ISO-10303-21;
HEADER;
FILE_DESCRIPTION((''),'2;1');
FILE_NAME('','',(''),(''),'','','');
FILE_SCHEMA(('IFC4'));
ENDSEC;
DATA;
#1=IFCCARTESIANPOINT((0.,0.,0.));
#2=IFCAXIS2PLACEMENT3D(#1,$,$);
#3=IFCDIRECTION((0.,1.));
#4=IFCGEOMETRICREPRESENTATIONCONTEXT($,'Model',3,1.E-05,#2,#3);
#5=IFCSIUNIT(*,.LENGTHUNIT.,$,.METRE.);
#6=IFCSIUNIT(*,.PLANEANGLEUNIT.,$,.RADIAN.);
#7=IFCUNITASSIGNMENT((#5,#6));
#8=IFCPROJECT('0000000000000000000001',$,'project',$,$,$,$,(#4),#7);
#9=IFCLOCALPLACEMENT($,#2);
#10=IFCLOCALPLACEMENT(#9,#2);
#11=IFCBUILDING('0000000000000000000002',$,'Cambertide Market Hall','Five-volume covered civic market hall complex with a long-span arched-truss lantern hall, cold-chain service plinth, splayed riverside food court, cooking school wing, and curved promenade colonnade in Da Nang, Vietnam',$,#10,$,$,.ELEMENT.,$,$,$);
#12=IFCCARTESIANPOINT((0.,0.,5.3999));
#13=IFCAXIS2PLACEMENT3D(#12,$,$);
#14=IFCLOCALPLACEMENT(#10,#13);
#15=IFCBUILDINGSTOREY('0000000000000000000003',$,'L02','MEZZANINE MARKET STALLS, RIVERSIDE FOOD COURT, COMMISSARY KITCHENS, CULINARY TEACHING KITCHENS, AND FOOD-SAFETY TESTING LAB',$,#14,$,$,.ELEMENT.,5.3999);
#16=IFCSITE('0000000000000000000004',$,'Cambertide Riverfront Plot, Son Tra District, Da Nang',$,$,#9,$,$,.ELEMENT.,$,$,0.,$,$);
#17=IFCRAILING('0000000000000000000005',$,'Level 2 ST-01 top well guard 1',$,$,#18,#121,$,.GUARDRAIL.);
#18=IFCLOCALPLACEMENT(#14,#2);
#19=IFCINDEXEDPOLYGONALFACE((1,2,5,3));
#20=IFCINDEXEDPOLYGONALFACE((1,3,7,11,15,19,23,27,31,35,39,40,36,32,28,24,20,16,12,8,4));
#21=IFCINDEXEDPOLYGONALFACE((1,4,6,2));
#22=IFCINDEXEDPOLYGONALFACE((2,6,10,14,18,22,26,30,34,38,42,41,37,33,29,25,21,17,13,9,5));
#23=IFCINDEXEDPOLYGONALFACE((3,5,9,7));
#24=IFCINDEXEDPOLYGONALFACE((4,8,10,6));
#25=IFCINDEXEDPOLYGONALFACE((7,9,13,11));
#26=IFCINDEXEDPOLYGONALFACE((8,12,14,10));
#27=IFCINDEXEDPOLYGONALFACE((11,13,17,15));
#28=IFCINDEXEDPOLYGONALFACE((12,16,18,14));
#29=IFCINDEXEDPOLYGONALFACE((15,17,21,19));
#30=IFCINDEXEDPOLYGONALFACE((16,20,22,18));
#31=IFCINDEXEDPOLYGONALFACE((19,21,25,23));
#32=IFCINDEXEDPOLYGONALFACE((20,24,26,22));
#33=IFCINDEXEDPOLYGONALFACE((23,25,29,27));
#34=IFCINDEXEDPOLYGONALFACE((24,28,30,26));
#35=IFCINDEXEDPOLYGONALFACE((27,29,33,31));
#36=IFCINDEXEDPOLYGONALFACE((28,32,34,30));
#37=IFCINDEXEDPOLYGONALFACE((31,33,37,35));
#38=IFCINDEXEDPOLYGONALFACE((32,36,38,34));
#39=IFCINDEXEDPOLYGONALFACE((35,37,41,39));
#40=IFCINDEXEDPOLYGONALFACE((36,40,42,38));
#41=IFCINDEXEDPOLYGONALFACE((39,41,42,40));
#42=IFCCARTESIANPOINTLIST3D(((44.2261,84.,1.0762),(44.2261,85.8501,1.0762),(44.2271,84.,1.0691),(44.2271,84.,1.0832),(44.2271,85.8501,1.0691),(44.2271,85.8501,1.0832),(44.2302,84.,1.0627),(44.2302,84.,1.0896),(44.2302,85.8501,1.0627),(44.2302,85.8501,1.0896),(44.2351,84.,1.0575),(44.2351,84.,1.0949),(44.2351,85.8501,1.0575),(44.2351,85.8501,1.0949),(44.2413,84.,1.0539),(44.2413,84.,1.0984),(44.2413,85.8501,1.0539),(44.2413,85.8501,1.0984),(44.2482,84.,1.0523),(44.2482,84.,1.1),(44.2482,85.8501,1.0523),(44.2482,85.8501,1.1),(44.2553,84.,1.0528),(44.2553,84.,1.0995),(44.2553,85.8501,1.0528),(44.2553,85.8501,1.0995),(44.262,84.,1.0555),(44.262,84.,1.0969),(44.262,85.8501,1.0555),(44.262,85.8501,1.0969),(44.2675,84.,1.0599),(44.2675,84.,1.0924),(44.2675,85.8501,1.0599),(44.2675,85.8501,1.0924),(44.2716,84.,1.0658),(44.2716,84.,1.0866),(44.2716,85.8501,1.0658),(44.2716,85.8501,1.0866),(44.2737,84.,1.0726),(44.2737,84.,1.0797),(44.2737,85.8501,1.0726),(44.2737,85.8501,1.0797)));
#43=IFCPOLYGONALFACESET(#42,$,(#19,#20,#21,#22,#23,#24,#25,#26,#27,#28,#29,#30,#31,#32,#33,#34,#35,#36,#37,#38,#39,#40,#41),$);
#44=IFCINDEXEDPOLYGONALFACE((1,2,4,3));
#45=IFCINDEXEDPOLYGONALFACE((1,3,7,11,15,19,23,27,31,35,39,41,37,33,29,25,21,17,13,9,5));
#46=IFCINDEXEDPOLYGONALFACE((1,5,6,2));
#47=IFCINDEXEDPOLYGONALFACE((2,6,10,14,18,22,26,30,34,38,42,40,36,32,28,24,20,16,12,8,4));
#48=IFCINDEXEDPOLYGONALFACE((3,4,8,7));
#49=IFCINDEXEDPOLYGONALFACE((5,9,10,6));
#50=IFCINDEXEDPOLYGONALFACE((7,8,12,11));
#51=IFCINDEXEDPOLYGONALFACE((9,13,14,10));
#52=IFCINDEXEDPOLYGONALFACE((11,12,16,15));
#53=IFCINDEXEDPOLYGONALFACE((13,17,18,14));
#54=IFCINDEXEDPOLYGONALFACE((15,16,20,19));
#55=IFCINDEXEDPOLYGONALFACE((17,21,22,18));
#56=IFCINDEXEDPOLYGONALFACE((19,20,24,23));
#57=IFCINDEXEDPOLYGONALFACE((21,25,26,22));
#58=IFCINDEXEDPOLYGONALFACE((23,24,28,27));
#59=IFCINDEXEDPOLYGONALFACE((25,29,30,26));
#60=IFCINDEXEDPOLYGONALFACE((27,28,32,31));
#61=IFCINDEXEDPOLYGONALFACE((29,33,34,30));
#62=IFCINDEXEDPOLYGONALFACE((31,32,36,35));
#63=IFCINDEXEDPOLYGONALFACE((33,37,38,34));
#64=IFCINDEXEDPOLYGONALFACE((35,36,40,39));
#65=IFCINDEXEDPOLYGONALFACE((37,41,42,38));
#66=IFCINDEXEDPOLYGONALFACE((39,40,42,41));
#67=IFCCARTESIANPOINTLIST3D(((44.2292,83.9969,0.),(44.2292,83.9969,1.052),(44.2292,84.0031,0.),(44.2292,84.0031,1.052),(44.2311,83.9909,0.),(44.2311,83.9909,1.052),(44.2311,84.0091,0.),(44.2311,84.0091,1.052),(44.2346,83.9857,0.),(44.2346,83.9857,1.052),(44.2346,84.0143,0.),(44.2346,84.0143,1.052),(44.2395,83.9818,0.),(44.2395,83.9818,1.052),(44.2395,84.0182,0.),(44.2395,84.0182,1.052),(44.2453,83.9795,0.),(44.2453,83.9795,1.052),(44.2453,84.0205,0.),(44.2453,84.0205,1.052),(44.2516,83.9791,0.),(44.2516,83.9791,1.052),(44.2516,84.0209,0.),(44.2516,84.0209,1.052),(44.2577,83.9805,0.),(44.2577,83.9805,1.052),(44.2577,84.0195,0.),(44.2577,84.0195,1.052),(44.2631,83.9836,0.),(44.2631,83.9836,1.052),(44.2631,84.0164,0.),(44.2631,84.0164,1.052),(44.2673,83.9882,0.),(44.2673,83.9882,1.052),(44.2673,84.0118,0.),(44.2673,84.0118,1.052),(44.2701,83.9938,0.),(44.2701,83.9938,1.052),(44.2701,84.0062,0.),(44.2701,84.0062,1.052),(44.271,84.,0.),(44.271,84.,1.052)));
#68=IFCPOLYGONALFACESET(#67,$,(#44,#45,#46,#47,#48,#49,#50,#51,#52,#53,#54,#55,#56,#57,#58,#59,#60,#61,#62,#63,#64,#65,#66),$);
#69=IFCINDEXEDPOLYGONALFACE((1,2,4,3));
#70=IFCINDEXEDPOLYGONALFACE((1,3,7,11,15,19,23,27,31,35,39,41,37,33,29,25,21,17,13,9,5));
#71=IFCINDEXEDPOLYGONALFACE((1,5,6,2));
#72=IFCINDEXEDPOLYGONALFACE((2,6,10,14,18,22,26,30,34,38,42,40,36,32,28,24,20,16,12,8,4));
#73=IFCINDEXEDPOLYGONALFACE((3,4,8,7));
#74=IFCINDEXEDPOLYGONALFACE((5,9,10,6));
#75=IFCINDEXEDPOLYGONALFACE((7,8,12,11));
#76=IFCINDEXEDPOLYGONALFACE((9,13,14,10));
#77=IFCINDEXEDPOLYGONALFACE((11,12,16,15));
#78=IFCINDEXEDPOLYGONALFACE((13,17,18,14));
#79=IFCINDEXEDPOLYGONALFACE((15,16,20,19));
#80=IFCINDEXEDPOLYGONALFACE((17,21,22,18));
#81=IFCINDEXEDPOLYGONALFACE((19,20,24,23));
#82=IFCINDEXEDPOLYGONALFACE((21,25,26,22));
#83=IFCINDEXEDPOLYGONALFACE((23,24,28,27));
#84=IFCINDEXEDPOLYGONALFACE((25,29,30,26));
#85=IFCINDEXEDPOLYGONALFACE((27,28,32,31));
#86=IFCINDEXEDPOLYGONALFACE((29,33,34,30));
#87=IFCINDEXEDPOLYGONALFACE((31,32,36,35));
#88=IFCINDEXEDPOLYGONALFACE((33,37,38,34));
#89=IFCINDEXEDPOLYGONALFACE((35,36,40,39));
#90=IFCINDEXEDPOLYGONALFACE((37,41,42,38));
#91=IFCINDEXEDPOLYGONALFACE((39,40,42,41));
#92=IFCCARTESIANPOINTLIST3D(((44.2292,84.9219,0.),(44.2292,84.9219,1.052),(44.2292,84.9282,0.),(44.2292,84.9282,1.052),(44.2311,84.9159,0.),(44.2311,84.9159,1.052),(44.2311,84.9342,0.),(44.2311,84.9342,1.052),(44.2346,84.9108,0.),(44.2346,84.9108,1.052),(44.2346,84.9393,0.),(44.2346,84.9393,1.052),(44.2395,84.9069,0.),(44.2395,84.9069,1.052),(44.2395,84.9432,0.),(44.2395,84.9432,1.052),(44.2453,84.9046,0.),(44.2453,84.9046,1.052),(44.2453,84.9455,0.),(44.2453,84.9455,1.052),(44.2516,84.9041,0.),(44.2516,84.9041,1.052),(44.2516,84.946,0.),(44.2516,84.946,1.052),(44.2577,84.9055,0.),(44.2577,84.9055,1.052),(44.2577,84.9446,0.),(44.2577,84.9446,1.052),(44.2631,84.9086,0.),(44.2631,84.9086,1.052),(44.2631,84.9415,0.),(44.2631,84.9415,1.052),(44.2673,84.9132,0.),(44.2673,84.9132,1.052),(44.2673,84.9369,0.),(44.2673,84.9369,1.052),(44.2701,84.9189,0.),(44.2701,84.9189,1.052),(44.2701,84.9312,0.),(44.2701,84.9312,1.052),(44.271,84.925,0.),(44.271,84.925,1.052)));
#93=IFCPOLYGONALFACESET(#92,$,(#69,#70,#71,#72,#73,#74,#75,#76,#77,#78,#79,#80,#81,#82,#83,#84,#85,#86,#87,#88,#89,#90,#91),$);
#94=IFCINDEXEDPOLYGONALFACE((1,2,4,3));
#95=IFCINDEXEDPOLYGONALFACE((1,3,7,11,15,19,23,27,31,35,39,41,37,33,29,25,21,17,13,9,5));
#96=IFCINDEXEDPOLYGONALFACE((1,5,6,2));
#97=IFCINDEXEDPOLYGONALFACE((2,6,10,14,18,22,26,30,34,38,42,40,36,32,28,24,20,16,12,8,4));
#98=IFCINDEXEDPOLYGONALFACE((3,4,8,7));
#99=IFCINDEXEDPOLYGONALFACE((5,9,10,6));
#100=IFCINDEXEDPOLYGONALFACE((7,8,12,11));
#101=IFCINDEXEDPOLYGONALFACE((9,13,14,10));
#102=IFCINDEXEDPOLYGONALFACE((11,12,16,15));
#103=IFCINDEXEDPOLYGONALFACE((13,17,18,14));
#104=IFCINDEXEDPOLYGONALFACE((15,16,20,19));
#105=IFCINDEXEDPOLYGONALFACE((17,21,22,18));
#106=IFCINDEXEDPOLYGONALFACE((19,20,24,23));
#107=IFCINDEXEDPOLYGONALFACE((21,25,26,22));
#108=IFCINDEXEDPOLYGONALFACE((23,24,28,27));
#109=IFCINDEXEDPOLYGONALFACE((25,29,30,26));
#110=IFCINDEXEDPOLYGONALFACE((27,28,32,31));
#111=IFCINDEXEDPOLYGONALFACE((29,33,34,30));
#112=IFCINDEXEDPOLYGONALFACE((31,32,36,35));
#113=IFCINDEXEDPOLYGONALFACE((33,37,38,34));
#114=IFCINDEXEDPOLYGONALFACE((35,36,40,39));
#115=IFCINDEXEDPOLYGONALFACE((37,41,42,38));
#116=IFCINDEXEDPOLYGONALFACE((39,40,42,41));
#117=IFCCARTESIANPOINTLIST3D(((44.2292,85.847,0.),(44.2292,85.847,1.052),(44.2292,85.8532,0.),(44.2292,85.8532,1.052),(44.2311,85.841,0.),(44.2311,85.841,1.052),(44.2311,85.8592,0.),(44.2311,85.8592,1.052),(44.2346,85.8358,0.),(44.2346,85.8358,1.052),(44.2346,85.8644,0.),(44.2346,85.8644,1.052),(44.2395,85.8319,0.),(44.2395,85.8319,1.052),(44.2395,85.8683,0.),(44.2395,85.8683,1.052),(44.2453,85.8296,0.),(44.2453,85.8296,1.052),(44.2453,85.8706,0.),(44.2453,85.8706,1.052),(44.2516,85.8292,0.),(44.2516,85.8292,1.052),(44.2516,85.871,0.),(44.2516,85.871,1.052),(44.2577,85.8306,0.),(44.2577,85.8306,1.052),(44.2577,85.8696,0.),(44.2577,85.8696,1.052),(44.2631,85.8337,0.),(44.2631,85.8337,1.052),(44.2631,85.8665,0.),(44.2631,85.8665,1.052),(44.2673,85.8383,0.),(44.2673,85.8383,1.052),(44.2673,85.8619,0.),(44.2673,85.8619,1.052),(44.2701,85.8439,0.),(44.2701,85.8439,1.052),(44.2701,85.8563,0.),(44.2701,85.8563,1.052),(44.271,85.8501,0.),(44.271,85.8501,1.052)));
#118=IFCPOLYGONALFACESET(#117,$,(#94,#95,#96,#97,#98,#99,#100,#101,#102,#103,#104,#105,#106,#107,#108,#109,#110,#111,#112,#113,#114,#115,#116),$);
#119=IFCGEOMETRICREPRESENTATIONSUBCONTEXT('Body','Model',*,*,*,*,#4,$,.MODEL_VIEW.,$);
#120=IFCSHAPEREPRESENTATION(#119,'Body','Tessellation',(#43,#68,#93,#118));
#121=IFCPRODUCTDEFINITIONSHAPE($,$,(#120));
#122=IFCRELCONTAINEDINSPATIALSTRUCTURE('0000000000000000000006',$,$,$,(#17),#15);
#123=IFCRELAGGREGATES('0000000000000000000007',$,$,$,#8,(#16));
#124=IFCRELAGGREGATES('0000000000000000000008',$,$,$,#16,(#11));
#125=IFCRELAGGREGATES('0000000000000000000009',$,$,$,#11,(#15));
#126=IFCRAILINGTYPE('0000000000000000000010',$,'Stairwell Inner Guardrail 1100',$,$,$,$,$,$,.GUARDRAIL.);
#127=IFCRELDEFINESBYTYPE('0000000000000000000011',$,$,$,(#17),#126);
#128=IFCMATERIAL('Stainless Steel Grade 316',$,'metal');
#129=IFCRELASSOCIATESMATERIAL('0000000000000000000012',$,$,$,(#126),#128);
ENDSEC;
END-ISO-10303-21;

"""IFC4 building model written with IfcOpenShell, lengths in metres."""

from ifc_helpers import new_model, si_unit, direction, frame, origin, origin_2d, place, context, subcontext, project, spatial, circle, extrude, material, type_object, element, save


model = new_model("IFC4")

# Units and contexts
model_context = context("Model", 3, precision=1e-05, world=origin(), true_north=direction((0.0, 1.0)))
body_context = subcontext(model_context, "Body", "Model", "MODEL_VIEW")
ifc_project = project(units=[si_unit("LENGTHUNIT", "METRE"), si_unit("PLANEANGLEUNIT", "RADIAN")], contexts=[model_context])

# Site, building, storey
site_placement = place(None, origin())
site = spatial("IfcSite", under=ifc_project, at=site_placement, Name="Cambertide Riverfront Plot, Son Tra District, Da Nang", CompositionType="ELEMENT", RefElevation=0.0)
building_placement = place(site_placement, origin())
building = spatial("IfcBuilding", under=site, at=building_placement, Name="Cambertide Market Hall", Description="Five-volume covered civic market hall complex with a long-span arched-truss lantern hall, cold-chain service plinth, splayed riverside food court, cooking school wing, and curved promenade colonnade in Da Nang, Vietnam", CompositionType="ELEMENT")
storey_placement = place(building_placement, frame((0.0, 0.0, 5.3999)))
storey = spatial("IfcBuildingStorey", under=building, at=storey_placement, Name="L02", Description="MEZZANINE MARKET STALLS, RIVERSIDE FOOD COURT, COMMISSARY KITCHENS, CULINARY TEACHING KITCHENS, AND FOOD-SAFETY TESTING LAB", CompositionType="ELEMENT", Elevation=5.3999)

# Railing
ifc_material_1 = material(Name="Stainless Steel Grade 316", Category="metal")
railing_type_1 = type_object("IfcRailingType", Name="Stairwell Inner Guardrail 1100", PredefinedType="GUARDRAIL", material=ifc_material_1)
railing_1_placement = place(storey_placement, frame((44.25, 84.0, 0.0)))
element("IfcRailing", 1, at=railing_1_placement, inside=storey, type_object=railing_type_1, Name="Level 2 ST-01 top well guard 1", PredefinedType="GUARDRAIL", context=body_context, shape_type="SweptSolid", body=[
    extrude(circle(Radius=0.0239, at=origin_2d()), frame((0.0, 0.0, 1.0762), z_axis=(0.0, 1.0, 0.0), x_axis=(-1.0, 0.0, 0.0)), (0.0, 0.0, 1.0), 1.8501),
    extrude(circle(Radius=0.021, at=origin_2d()), origin(), (0.0, 0.0, 1.0), 1.052),
    extrude(circle(Radius=0.021, at=origin_2d()), frame((0.0, 0.925, 0.0)), (0.0, 0.0, 1.0), 1.052),
    extrude(circle(Radius=0.021, at=origin_2d()), frame((0.0, 1.8501, 0.0)), (0.0, 0.0, 1.0), 1.052),
])

save(model, "model.ifc")
